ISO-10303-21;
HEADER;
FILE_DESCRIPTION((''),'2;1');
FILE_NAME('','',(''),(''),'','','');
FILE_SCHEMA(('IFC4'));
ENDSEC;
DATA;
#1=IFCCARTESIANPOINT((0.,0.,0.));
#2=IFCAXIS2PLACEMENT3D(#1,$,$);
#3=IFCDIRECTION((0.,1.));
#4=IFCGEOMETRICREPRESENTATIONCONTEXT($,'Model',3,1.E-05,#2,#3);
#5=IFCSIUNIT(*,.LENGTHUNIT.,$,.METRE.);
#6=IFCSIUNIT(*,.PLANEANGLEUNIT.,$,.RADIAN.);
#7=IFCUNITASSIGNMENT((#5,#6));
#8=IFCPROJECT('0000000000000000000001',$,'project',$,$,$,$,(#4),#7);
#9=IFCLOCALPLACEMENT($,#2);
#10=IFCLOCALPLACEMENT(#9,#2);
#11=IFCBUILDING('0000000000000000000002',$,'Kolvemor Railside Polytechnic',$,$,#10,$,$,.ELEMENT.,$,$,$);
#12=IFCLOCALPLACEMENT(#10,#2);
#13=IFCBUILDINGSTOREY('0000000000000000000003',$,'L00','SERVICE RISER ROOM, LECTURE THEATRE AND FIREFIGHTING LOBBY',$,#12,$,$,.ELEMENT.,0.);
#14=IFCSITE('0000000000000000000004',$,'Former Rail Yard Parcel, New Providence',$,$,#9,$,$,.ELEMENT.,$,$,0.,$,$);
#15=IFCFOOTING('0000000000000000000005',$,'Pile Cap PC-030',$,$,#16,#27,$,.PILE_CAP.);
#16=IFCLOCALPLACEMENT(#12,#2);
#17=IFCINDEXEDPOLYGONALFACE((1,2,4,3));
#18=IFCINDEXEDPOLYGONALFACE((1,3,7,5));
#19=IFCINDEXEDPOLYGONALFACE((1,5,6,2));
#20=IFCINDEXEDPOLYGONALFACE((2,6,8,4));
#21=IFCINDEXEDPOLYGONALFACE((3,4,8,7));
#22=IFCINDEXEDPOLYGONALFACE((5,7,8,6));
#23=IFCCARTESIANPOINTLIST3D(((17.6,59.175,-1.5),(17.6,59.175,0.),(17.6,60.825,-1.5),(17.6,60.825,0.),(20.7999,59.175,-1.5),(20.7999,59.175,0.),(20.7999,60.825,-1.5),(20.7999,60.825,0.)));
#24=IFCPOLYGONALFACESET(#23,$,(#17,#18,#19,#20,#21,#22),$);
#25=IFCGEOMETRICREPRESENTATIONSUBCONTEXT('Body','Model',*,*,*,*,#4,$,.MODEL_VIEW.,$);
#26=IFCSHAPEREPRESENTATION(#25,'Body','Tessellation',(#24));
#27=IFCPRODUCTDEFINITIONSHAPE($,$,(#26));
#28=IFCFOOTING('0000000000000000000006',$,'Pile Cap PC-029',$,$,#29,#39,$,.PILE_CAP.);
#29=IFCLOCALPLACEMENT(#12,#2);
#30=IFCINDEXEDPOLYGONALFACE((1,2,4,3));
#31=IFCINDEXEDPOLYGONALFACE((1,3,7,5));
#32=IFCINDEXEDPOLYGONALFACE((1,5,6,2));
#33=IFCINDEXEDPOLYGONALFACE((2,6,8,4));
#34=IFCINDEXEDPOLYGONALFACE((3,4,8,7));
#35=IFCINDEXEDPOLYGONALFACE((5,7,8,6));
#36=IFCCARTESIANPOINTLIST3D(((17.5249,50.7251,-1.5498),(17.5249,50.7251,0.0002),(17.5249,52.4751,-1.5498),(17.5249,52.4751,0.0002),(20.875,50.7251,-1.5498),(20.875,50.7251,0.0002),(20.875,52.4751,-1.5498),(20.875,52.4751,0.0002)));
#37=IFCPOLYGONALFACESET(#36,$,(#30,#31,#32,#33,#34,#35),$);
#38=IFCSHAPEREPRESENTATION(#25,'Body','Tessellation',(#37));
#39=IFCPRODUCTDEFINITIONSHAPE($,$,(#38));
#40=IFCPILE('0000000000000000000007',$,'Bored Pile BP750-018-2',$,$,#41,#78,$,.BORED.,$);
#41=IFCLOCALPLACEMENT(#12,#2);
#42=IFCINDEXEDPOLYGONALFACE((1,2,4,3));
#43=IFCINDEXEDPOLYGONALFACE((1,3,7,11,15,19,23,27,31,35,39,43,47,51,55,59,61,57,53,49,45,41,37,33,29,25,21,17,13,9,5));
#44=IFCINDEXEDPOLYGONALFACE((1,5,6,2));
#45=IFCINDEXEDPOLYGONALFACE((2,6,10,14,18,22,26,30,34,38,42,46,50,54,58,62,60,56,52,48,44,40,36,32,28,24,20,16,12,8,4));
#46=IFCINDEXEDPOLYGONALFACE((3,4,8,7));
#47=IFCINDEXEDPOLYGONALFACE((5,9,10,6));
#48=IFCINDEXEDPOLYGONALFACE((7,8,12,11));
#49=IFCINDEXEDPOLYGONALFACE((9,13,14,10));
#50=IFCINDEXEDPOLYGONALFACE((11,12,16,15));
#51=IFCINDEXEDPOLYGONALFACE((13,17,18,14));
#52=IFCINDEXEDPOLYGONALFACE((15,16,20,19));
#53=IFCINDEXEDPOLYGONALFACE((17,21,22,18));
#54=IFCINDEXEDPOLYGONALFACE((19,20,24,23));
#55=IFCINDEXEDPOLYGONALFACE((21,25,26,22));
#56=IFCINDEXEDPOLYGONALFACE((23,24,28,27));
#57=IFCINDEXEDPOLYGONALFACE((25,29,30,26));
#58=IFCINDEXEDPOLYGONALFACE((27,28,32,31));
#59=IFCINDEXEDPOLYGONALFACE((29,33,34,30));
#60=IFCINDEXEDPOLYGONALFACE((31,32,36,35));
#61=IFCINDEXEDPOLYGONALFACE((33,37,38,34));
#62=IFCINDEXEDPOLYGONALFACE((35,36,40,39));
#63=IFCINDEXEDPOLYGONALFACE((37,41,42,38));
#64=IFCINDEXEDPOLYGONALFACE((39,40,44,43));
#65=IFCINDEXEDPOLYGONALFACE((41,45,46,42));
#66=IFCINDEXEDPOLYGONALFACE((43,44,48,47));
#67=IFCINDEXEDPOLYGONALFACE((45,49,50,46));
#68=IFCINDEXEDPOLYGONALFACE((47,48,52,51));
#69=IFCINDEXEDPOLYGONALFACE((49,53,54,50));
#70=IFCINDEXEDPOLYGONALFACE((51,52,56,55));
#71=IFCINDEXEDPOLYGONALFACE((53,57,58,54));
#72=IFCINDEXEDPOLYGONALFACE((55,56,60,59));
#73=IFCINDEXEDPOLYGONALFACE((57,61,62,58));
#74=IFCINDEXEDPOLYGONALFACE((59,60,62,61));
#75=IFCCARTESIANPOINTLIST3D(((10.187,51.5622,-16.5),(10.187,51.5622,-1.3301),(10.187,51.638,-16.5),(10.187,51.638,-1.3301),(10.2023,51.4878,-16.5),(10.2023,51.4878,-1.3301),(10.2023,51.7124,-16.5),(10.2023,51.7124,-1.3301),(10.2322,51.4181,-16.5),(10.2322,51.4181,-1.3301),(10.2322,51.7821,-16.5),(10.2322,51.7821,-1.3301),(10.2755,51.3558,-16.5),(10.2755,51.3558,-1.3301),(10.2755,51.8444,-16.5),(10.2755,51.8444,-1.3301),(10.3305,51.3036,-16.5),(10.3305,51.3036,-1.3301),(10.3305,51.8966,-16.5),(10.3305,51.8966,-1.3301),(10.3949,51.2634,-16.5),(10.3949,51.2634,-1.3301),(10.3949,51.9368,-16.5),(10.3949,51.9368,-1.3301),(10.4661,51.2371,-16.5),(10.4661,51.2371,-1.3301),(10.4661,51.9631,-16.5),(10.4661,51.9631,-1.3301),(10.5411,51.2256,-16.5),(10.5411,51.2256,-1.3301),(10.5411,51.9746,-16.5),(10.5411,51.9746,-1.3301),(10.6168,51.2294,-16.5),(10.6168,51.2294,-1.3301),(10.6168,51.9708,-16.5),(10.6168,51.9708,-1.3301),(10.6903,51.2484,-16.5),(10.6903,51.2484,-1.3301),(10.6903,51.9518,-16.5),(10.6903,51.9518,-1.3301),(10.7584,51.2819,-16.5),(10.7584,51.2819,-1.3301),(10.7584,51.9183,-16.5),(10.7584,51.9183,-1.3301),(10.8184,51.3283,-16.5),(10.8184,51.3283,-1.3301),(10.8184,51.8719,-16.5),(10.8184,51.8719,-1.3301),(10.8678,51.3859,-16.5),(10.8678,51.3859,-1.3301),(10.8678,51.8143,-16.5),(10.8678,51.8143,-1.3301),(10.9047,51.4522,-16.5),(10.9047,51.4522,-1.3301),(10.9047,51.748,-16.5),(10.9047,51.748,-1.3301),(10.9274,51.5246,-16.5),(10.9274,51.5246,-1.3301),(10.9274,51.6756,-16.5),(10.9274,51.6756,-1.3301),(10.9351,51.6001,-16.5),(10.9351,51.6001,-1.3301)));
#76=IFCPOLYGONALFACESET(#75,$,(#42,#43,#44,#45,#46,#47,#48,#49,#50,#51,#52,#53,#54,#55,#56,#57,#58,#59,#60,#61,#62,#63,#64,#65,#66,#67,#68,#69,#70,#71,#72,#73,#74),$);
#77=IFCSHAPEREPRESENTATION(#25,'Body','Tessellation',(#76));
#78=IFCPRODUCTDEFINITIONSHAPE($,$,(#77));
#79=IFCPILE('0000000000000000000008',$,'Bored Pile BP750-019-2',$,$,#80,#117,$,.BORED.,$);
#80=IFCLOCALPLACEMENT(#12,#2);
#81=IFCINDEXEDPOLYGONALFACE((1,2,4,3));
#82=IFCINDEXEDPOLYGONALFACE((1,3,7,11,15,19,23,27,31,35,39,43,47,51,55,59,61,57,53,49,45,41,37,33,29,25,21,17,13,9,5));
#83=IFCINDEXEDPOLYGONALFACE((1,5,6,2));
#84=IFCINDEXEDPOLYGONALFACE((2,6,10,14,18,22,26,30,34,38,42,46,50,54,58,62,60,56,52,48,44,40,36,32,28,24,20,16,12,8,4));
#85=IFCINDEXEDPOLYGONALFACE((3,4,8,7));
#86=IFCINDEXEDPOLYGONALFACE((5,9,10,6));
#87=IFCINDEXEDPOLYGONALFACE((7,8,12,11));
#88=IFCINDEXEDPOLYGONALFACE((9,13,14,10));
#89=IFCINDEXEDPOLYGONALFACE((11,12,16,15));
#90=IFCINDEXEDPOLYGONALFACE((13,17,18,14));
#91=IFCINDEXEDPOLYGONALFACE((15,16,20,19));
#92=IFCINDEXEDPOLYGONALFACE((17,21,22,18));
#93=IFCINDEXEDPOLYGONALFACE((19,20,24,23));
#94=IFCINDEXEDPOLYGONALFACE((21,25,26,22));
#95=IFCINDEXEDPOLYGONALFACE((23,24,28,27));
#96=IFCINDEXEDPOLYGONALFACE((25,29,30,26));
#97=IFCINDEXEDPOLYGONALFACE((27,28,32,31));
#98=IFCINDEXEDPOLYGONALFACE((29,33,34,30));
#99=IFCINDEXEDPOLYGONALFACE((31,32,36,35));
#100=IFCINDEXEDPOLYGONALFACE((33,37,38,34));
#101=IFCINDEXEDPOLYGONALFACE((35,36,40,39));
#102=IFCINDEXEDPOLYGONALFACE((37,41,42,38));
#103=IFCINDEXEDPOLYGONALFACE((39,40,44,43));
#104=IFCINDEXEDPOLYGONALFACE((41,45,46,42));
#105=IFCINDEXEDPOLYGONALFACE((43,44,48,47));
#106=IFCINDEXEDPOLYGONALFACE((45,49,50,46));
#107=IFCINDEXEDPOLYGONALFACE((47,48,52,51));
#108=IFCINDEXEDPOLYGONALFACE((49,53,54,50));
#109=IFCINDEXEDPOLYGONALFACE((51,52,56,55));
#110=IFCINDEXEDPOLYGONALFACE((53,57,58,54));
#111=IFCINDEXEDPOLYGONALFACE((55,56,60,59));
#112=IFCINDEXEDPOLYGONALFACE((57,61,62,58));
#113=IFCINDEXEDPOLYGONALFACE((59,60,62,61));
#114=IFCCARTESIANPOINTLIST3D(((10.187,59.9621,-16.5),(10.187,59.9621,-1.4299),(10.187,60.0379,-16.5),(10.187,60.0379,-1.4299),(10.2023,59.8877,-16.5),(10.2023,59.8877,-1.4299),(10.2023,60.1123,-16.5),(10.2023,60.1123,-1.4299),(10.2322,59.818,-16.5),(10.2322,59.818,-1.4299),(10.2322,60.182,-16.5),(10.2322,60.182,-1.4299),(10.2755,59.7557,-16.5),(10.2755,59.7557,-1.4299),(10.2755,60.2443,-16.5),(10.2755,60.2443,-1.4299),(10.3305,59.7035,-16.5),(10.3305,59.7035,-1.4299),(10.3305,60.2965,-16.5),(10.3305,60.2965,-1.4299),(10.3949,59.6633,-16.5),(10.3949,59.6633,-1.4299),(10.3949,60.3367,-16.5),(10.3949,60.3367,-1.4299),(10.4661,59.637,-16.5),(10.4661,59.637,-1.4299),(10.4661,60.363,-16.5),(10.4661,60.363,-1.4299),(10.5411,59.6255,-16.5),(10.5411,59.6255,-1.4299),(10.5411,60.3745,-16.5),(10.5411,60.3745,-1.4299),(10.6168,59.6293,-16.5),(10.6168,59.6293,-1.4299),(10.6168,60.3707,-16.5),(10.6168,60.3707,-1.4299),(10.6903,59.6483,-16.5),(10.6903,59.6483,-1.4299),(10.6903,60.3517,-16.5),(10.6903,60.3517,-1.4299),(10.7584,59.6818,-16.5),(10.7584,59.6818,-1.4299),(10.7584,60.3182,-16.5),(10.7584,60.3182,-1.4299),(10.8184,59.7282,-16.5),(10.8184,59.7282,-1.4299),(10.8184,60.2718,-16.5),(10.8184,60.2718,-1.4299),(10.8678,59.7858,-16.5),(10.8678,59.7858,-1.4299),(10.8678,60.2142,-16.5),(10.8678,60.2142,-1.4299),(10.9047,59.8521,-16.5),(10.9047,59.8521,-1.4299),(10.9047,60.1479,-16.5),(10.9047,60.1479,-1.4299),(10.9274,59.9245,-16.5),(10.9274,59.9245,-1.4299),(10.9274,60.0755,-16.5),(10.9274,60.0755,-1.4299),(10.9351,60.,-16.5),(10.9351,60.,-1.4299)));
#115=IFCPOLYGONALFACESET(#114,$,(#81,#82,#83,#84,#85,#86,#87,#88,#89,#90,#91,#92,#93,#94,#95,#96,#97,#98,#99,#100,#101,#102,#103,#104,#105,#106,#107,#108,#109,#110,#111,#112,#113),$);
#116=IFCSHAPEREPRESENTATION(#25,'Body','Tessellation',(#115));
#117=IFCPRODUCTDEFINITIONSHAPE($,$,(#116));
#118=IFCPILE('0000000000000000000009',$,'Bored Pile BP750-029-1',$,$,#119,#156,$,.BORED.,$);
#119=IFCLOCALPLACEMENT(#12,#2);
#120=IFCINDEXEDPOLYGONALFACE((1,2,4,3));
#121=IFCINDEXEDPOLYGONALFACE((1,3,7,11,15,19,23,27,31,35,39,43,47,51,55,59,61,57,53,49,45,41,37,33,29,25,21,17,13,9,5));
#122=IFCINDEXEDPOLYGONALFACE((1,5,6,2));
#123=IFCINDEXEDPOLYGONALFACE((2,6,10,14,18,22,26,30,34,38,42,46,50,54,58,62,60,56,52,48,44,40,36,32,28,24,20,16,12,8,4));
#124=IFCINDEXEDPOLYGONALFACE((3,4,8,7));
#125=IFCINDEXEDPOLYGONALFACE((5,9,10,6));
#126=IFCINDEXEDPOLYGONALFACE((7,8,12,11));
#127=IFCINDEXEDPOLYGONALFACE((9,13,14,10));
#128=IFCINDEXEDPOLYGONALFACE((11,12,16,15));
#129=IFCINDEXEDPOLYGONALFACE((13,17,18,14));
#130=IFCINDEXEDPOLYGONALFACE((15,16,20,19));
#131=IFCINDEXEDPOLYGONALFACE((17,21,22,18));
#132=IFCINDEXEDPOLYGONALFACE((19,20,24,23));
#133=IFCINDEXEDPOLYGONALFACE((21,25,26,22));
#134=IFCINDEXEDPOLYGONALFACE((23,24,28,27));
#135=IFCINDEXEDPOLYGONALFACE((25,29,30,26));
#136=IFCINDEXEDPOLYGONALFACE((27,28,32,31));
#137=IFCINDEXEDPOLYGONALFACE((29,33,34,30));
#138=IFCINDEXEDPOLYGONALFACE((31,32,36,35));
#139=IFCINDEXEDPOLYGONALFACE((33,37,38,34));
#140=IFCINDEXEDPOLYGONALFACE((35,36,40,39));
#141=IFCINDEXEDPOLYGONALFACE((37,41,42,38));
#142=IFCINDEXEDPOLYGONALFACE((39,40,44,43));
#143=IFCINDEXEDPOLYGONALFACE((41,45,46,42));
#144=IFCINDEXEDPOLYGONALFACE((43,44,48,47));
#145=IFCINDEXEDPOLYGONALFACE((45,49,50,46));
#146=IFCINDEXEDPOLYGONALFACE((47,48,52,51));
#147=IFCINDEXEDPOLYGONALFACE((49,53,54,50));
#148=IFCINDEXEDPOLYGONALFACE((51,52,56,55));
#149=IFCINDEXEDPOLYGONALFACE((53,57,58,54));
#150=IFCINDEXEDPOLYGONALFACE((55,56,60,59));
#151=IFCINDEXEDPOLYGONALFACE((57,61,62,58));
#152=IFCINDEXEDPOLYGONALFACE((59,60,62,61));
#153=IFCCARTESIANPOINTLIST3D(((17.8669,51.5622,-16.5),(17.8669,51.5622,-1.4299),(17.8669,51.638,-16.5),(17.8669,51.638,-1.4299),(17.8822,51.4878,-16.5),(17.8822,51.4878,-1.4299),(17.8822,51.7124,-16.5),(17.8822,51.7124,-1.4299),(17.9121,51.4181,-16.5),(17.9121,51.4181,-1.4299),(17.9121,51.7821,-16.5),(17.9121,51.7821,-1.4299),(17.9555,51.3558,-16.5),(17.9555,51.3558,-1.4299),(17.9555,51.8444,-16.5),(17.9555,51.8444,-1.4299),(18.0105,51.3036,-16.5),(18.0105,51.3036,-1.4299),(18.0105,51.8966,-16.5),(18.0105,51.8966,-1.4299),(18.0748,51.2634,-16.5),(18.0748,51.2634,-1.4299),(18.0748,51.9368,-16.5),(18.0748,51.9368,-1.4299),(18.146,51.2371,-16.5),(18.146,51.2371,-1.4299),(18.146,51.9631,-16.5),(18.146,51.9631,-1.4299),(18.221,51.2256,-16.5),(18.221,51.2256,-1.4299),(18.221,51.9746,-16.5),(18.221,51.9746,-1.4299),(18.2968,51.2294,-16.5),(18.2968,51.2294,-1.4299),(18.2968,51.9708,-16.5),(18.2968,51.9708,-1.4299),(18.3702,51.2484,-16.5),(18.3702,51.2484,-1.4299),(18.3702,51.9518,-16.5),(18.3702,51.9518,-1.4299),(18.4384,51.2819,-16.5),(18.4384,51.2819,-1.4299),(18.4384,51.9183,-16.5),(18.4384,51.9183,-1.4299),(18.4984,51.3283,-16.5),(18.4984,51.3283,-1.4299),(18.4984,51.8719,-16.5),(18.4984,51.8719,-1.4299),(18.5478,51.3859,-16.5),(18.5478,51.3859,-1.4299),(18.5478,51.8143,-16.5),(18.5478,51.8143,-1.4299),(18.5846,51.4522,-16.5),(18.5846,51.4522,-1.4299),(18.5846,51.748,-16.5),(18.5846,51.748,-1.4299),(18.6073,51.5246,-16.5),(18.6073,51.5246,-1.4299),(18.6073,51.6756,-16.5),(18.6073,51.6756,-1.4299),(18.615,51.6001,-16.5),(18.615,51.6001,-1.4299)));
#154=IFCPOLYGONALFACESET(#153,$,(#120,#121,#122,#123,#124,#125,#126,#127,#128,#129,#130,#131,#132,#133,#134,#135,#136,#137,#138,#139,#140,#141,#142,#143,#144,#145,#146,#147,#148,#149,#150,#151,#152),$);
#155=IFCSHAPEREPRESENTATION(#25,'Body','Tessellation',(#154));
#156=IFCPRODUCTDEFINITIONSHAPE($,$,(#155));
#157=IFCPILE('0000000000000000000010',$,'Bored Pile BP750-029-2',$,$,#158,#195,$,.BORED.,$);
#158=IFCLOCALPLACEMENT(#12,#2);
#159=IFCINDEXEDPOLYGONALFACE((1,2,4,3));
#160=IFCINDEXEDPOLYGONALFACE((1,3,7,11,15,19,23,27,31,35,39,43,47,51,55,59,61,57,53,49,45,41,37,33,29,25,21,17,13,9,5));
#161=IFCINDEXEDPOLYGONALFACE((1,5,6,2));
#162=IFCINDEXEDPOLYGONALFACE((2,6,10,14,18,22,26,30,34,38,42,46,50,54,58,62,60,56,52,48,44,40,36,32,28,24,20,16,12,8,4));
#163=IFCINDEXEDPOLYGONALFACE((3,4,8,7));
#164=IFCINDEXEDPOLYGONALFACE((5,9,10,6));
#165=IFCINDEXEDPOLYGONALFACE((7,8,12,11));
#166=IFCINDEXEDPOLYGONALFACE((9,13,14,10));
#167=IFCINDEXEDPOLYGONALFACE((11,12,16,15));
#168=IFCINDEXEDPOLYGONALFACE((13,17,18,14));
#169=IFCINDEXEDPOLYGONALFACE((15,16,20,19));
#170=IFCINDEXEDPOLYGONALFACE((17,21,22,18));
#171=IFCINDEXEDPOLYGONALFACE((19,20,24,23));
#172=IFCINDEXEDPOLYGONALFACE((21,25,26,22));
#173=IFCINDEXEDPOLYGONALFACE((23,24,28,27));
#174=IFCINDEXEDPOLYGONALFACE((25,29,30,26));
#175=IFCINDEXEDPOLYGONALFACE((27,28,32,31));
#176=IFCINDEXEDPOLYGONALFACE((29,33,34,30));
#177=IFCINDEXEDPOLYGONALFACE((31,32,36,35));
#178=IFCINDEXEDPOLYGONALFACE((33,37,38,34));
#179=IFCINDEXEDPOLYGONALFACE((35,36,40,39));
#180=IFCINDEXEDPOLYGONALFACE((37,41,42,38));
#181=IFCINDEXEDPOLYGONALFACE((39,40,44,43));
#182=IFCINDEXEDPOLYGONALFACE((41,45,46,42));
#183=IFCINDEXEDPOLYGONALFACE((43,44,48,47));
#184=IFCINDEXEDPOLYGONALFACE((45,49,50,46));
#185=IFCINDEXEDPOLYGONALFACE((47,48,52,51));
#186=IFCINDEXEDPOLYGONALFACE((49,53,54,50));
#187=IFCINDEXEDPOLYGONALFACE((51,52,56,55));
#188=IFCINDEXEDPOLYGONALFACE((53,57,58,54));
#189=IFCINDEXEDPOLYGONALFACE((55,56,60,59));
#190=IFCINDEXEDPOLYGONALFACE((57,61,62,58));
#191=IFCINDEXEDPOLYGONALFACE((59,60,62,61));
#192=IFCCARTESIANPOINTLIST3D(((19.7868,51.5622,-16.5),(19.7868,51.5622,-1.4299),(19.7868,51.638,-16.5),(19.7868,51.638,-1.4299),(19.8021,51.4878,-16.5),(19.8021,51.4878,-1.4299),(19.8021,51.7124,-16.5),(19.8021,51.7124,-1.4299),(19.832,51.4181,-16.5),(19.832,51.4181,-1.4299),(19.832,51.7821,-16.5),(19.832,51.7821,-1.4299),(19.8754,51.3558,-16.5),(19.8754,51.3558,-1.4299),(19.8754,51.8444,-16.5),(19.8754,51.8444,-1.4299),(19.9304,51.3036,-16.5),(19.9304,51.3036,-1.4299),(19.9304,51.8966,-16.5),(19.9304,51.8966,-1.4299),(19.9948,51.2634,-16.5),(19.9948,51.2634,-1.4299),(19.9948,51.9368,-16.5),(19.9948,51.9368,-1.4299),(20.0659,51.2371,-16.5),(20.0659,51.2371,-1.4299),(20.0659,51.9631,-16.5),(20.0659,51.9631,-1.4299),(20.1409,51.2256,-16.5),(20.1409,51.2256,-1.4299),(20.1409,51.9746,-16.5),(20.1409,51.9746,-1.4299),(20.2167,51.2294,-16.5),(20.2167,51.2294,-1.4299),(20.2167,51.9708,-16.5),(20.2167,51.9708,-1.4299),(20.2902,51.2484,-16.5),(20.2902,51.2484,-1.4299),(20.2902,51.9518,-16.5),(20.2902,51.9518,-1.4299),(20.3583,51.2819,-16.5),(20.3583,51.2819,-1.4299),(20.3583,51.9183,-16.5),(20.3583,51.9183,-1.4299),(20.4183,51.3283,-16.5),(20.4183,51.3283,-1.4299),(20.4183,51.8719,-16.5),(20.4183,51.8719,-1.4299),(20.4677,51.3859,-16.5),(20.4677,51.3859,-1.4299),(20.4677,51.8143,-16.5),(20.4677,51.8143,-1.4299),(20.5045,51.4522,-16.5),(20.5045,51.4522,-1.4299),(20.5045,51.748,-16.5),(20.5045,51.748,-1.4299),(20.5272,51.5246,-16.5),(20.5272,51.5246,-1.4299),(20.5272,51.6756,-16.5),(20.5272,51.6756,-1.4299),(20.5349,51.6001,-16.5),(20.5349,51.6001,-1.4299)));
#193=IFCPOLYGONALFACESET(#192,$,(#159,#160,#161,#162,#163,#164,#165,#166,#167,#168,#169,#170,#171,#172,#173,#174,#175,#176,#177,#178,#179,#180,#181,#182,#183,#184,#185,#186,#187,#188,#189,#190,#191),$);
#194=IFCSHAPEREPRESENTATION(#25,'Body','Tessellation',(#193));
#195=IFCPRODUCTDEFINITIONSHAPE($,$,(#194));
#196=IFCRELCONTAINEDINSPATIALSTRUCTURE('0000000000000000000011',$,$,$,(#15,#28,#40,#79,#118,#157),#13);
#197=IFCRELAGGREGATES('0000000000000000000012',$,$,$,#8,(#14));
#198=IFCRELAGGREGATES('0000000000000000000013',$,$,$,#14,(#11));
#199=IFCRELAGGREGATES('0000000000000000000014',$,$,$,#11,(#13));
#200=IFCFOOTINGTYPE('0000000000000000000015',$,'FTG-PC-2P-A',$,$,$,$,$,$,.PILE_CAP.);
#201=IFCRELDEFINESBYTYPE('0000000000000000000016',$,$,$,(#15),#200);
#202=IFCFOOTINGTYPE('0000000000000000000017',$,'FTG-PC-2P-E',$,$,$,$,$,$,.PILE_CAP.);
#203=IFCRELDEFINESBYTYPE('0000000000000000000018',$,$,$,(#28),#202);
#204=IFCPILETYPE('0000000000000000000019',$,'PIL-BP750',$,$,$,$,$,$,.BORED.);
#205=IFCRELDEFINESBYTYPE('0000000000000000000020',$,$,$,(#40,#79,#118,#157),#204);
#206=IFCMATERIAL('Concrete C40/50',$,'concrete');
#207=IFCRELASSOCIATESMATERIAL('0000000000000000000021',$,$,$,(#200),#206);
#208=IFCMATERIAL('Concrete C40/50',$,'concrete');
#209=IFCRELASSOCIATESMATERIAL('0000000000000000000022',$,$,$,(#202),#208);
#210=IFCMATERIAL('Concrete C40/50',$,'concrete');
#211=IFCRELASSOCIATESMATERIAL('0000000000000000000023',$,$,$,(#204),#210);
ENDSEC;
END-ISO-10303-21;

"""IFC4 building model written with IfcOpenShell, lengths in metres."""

from ifc_helpers import new_model, si_unit, direction, frame, origin, origin_2d, place, context, subcontext, project, spatial, rectangle, circle, extrude, material, material_profile, profile_set, type_object, element, save


model = new_model("IFC4")

# Units and contexts
model_context = context("Model", 3, precision=1e-05, world=origin(), true_north=direction((0.0, 1.0)))
body_context = subcontext(model_context, "Body", "Model", "MODEL_VIEW")
ifc_project = project(units=[si_unit("LENGTHUNIT", "METRE"), si_unit("PLANEANGLEUNIT", "RADIAN")], contexts=[model_context])

# Site, building, storey
site_placement = place(None, origin())
site = spatial("IfcSite", under=ifc_project, at=site_placement, Name="Former Rail Yard Parcel, New Providence", CompositionType="ELEMENT", RefElevation=0.0)
building_placement = place(site_placement, origin())
building = spatial("IfcBuilding", under=site, at=building_placement, Name="Kolvemor Railside Polytechnic", CompositionType="ELEMENT")
storey_placement = place(building_placement, origin())
storey = spatial("IfcBuildingStorey", under=building, at=storey_placement, Name="L00", Description="SERVICE RISER ROOM, LECTURE THEATRE AND FIREFIGHTING LOBBY", CompositionType="ELEMENT", Elevation=0.0)

# Footings
ifc_material_1 = material(Name="Concrete C40/50", Category="concrete")
footing_type_1 = type_object("IfcFootingType", Name="FTG-PC-2P-A", PredefinedType="PILE_CAP", material=ifc_material_1)
footing_1_placement = place(storey_placement, frame((19.2, 60.0, -1.5), z_axis=(0.0, 0.0, 1.0), x_axis=(1.0, 0.0, 0.0)))
element("IfcFooting", 1, at=footing_1_placement, inside=storey, type_object=footing_type_1, Name="Pile Cap PC-030", PredefinedType="PILE_CAP", context=body_context, shape_type="SweptSolid", body=[
    extrude(rectangle(XDim=3.2, YDim=1.6499, at=origin_2d()), origin(), (0.0, 0.0, 1.0), 1.5),
])
ifc_material_2 = material(Name="Concrete C40/50", Category="concrete")
footing_type_2 = type_object("IfcFootingType", Name="FTG-PC-2P-E", PredefinedType="PILE_CAP", material=ifc_material_2)
footing_2_placement = place(storey_placement, frame((19.2, 51.6001, -1.5498), z_axis=(0.0, 0.0, 1.0), x_axis=(1.0, 0.0, 0.0)))
element("IfcFooting", 2, at=footing_2_placement, inside=storey, type_object=footing_type_2, Name="Pile Cap PC-029", PredefinedType="PILE_CAP", context=body_context, shape_type="SweptSolid", body=[
    extrude(rectangle(XDim=3.3501, YDim=1.75, at=origin_2d()), origin(), (0.0, 0.0, 1.0), 1.55),
])

# Piles
ifc_material_3 = material(Name="Concrete C40/50", Category="concrete")
ifc_material_profile_1 = material_profile(ifc_material_3, circle(Radius=0.375, at=origin_2d()), Name="BP750")
ifc_profile_set_1 = profile_set([ifc_material_profile_1], Name="Concrete C40/50")
pile_type = type_object("IfcPileType", Name="PIL-BP750", PredefinedType="BORED", material=ifc_profile_set_1)
pile_1_placement = place(storey_placement, frame((10.5601, 51.6001, -1.3301), z_axis=(0.0, 0.0, -1.0), x_axis=(1.0, 0.0, 0.0)))
element("IfcPile", 3, at=pile_1_placement, inside=storey, type_object=pile_type, Name="Bored Pile BP750-018-2", PredefinedType="BORED", context=body_context, shape_type="SweptSolid", body=[
    extrude(circle(Radius=0.375, at=origin_2d()), origin(), (0.0, 0.0, 1.0), 15.1699),
])
for number, where, z_axis, x_axis, name in (
    (4, (10.5601, 60.0, -1.4299), (0.0, 0.0, -1.0), (1.0, 0.0, 0.0), "Bored Pile BP750-019-2"),
    (5, (18.24, 51.6001, -1.4299), (0.0, 0.0, -1.0), (1.0, 0.0, 0.0), "Bored Pile BP750-029-1"),
    (6, (20.1599, 51.6001, -1.4299), (0.0, 0.0, -1.0), (1.0, 0.0, 0.0), "Bored Pile BP750-029-2"),
):
    element("IfcPile", number, at=place(storey_placement, frame(where, z_axis=z_axis, x_axis=x_axis)), inside=storey, type_object=pile_type, Name=name, PredefinedType="BORED", context=body_context, shape_type="SweptSolid", body=[
        extrude(circle(Radius=0.375, at=origin_2d()), origin(), (0.0, 0.0, 1.0), 15.0701),
    ])

save(model, "model.ifc")
